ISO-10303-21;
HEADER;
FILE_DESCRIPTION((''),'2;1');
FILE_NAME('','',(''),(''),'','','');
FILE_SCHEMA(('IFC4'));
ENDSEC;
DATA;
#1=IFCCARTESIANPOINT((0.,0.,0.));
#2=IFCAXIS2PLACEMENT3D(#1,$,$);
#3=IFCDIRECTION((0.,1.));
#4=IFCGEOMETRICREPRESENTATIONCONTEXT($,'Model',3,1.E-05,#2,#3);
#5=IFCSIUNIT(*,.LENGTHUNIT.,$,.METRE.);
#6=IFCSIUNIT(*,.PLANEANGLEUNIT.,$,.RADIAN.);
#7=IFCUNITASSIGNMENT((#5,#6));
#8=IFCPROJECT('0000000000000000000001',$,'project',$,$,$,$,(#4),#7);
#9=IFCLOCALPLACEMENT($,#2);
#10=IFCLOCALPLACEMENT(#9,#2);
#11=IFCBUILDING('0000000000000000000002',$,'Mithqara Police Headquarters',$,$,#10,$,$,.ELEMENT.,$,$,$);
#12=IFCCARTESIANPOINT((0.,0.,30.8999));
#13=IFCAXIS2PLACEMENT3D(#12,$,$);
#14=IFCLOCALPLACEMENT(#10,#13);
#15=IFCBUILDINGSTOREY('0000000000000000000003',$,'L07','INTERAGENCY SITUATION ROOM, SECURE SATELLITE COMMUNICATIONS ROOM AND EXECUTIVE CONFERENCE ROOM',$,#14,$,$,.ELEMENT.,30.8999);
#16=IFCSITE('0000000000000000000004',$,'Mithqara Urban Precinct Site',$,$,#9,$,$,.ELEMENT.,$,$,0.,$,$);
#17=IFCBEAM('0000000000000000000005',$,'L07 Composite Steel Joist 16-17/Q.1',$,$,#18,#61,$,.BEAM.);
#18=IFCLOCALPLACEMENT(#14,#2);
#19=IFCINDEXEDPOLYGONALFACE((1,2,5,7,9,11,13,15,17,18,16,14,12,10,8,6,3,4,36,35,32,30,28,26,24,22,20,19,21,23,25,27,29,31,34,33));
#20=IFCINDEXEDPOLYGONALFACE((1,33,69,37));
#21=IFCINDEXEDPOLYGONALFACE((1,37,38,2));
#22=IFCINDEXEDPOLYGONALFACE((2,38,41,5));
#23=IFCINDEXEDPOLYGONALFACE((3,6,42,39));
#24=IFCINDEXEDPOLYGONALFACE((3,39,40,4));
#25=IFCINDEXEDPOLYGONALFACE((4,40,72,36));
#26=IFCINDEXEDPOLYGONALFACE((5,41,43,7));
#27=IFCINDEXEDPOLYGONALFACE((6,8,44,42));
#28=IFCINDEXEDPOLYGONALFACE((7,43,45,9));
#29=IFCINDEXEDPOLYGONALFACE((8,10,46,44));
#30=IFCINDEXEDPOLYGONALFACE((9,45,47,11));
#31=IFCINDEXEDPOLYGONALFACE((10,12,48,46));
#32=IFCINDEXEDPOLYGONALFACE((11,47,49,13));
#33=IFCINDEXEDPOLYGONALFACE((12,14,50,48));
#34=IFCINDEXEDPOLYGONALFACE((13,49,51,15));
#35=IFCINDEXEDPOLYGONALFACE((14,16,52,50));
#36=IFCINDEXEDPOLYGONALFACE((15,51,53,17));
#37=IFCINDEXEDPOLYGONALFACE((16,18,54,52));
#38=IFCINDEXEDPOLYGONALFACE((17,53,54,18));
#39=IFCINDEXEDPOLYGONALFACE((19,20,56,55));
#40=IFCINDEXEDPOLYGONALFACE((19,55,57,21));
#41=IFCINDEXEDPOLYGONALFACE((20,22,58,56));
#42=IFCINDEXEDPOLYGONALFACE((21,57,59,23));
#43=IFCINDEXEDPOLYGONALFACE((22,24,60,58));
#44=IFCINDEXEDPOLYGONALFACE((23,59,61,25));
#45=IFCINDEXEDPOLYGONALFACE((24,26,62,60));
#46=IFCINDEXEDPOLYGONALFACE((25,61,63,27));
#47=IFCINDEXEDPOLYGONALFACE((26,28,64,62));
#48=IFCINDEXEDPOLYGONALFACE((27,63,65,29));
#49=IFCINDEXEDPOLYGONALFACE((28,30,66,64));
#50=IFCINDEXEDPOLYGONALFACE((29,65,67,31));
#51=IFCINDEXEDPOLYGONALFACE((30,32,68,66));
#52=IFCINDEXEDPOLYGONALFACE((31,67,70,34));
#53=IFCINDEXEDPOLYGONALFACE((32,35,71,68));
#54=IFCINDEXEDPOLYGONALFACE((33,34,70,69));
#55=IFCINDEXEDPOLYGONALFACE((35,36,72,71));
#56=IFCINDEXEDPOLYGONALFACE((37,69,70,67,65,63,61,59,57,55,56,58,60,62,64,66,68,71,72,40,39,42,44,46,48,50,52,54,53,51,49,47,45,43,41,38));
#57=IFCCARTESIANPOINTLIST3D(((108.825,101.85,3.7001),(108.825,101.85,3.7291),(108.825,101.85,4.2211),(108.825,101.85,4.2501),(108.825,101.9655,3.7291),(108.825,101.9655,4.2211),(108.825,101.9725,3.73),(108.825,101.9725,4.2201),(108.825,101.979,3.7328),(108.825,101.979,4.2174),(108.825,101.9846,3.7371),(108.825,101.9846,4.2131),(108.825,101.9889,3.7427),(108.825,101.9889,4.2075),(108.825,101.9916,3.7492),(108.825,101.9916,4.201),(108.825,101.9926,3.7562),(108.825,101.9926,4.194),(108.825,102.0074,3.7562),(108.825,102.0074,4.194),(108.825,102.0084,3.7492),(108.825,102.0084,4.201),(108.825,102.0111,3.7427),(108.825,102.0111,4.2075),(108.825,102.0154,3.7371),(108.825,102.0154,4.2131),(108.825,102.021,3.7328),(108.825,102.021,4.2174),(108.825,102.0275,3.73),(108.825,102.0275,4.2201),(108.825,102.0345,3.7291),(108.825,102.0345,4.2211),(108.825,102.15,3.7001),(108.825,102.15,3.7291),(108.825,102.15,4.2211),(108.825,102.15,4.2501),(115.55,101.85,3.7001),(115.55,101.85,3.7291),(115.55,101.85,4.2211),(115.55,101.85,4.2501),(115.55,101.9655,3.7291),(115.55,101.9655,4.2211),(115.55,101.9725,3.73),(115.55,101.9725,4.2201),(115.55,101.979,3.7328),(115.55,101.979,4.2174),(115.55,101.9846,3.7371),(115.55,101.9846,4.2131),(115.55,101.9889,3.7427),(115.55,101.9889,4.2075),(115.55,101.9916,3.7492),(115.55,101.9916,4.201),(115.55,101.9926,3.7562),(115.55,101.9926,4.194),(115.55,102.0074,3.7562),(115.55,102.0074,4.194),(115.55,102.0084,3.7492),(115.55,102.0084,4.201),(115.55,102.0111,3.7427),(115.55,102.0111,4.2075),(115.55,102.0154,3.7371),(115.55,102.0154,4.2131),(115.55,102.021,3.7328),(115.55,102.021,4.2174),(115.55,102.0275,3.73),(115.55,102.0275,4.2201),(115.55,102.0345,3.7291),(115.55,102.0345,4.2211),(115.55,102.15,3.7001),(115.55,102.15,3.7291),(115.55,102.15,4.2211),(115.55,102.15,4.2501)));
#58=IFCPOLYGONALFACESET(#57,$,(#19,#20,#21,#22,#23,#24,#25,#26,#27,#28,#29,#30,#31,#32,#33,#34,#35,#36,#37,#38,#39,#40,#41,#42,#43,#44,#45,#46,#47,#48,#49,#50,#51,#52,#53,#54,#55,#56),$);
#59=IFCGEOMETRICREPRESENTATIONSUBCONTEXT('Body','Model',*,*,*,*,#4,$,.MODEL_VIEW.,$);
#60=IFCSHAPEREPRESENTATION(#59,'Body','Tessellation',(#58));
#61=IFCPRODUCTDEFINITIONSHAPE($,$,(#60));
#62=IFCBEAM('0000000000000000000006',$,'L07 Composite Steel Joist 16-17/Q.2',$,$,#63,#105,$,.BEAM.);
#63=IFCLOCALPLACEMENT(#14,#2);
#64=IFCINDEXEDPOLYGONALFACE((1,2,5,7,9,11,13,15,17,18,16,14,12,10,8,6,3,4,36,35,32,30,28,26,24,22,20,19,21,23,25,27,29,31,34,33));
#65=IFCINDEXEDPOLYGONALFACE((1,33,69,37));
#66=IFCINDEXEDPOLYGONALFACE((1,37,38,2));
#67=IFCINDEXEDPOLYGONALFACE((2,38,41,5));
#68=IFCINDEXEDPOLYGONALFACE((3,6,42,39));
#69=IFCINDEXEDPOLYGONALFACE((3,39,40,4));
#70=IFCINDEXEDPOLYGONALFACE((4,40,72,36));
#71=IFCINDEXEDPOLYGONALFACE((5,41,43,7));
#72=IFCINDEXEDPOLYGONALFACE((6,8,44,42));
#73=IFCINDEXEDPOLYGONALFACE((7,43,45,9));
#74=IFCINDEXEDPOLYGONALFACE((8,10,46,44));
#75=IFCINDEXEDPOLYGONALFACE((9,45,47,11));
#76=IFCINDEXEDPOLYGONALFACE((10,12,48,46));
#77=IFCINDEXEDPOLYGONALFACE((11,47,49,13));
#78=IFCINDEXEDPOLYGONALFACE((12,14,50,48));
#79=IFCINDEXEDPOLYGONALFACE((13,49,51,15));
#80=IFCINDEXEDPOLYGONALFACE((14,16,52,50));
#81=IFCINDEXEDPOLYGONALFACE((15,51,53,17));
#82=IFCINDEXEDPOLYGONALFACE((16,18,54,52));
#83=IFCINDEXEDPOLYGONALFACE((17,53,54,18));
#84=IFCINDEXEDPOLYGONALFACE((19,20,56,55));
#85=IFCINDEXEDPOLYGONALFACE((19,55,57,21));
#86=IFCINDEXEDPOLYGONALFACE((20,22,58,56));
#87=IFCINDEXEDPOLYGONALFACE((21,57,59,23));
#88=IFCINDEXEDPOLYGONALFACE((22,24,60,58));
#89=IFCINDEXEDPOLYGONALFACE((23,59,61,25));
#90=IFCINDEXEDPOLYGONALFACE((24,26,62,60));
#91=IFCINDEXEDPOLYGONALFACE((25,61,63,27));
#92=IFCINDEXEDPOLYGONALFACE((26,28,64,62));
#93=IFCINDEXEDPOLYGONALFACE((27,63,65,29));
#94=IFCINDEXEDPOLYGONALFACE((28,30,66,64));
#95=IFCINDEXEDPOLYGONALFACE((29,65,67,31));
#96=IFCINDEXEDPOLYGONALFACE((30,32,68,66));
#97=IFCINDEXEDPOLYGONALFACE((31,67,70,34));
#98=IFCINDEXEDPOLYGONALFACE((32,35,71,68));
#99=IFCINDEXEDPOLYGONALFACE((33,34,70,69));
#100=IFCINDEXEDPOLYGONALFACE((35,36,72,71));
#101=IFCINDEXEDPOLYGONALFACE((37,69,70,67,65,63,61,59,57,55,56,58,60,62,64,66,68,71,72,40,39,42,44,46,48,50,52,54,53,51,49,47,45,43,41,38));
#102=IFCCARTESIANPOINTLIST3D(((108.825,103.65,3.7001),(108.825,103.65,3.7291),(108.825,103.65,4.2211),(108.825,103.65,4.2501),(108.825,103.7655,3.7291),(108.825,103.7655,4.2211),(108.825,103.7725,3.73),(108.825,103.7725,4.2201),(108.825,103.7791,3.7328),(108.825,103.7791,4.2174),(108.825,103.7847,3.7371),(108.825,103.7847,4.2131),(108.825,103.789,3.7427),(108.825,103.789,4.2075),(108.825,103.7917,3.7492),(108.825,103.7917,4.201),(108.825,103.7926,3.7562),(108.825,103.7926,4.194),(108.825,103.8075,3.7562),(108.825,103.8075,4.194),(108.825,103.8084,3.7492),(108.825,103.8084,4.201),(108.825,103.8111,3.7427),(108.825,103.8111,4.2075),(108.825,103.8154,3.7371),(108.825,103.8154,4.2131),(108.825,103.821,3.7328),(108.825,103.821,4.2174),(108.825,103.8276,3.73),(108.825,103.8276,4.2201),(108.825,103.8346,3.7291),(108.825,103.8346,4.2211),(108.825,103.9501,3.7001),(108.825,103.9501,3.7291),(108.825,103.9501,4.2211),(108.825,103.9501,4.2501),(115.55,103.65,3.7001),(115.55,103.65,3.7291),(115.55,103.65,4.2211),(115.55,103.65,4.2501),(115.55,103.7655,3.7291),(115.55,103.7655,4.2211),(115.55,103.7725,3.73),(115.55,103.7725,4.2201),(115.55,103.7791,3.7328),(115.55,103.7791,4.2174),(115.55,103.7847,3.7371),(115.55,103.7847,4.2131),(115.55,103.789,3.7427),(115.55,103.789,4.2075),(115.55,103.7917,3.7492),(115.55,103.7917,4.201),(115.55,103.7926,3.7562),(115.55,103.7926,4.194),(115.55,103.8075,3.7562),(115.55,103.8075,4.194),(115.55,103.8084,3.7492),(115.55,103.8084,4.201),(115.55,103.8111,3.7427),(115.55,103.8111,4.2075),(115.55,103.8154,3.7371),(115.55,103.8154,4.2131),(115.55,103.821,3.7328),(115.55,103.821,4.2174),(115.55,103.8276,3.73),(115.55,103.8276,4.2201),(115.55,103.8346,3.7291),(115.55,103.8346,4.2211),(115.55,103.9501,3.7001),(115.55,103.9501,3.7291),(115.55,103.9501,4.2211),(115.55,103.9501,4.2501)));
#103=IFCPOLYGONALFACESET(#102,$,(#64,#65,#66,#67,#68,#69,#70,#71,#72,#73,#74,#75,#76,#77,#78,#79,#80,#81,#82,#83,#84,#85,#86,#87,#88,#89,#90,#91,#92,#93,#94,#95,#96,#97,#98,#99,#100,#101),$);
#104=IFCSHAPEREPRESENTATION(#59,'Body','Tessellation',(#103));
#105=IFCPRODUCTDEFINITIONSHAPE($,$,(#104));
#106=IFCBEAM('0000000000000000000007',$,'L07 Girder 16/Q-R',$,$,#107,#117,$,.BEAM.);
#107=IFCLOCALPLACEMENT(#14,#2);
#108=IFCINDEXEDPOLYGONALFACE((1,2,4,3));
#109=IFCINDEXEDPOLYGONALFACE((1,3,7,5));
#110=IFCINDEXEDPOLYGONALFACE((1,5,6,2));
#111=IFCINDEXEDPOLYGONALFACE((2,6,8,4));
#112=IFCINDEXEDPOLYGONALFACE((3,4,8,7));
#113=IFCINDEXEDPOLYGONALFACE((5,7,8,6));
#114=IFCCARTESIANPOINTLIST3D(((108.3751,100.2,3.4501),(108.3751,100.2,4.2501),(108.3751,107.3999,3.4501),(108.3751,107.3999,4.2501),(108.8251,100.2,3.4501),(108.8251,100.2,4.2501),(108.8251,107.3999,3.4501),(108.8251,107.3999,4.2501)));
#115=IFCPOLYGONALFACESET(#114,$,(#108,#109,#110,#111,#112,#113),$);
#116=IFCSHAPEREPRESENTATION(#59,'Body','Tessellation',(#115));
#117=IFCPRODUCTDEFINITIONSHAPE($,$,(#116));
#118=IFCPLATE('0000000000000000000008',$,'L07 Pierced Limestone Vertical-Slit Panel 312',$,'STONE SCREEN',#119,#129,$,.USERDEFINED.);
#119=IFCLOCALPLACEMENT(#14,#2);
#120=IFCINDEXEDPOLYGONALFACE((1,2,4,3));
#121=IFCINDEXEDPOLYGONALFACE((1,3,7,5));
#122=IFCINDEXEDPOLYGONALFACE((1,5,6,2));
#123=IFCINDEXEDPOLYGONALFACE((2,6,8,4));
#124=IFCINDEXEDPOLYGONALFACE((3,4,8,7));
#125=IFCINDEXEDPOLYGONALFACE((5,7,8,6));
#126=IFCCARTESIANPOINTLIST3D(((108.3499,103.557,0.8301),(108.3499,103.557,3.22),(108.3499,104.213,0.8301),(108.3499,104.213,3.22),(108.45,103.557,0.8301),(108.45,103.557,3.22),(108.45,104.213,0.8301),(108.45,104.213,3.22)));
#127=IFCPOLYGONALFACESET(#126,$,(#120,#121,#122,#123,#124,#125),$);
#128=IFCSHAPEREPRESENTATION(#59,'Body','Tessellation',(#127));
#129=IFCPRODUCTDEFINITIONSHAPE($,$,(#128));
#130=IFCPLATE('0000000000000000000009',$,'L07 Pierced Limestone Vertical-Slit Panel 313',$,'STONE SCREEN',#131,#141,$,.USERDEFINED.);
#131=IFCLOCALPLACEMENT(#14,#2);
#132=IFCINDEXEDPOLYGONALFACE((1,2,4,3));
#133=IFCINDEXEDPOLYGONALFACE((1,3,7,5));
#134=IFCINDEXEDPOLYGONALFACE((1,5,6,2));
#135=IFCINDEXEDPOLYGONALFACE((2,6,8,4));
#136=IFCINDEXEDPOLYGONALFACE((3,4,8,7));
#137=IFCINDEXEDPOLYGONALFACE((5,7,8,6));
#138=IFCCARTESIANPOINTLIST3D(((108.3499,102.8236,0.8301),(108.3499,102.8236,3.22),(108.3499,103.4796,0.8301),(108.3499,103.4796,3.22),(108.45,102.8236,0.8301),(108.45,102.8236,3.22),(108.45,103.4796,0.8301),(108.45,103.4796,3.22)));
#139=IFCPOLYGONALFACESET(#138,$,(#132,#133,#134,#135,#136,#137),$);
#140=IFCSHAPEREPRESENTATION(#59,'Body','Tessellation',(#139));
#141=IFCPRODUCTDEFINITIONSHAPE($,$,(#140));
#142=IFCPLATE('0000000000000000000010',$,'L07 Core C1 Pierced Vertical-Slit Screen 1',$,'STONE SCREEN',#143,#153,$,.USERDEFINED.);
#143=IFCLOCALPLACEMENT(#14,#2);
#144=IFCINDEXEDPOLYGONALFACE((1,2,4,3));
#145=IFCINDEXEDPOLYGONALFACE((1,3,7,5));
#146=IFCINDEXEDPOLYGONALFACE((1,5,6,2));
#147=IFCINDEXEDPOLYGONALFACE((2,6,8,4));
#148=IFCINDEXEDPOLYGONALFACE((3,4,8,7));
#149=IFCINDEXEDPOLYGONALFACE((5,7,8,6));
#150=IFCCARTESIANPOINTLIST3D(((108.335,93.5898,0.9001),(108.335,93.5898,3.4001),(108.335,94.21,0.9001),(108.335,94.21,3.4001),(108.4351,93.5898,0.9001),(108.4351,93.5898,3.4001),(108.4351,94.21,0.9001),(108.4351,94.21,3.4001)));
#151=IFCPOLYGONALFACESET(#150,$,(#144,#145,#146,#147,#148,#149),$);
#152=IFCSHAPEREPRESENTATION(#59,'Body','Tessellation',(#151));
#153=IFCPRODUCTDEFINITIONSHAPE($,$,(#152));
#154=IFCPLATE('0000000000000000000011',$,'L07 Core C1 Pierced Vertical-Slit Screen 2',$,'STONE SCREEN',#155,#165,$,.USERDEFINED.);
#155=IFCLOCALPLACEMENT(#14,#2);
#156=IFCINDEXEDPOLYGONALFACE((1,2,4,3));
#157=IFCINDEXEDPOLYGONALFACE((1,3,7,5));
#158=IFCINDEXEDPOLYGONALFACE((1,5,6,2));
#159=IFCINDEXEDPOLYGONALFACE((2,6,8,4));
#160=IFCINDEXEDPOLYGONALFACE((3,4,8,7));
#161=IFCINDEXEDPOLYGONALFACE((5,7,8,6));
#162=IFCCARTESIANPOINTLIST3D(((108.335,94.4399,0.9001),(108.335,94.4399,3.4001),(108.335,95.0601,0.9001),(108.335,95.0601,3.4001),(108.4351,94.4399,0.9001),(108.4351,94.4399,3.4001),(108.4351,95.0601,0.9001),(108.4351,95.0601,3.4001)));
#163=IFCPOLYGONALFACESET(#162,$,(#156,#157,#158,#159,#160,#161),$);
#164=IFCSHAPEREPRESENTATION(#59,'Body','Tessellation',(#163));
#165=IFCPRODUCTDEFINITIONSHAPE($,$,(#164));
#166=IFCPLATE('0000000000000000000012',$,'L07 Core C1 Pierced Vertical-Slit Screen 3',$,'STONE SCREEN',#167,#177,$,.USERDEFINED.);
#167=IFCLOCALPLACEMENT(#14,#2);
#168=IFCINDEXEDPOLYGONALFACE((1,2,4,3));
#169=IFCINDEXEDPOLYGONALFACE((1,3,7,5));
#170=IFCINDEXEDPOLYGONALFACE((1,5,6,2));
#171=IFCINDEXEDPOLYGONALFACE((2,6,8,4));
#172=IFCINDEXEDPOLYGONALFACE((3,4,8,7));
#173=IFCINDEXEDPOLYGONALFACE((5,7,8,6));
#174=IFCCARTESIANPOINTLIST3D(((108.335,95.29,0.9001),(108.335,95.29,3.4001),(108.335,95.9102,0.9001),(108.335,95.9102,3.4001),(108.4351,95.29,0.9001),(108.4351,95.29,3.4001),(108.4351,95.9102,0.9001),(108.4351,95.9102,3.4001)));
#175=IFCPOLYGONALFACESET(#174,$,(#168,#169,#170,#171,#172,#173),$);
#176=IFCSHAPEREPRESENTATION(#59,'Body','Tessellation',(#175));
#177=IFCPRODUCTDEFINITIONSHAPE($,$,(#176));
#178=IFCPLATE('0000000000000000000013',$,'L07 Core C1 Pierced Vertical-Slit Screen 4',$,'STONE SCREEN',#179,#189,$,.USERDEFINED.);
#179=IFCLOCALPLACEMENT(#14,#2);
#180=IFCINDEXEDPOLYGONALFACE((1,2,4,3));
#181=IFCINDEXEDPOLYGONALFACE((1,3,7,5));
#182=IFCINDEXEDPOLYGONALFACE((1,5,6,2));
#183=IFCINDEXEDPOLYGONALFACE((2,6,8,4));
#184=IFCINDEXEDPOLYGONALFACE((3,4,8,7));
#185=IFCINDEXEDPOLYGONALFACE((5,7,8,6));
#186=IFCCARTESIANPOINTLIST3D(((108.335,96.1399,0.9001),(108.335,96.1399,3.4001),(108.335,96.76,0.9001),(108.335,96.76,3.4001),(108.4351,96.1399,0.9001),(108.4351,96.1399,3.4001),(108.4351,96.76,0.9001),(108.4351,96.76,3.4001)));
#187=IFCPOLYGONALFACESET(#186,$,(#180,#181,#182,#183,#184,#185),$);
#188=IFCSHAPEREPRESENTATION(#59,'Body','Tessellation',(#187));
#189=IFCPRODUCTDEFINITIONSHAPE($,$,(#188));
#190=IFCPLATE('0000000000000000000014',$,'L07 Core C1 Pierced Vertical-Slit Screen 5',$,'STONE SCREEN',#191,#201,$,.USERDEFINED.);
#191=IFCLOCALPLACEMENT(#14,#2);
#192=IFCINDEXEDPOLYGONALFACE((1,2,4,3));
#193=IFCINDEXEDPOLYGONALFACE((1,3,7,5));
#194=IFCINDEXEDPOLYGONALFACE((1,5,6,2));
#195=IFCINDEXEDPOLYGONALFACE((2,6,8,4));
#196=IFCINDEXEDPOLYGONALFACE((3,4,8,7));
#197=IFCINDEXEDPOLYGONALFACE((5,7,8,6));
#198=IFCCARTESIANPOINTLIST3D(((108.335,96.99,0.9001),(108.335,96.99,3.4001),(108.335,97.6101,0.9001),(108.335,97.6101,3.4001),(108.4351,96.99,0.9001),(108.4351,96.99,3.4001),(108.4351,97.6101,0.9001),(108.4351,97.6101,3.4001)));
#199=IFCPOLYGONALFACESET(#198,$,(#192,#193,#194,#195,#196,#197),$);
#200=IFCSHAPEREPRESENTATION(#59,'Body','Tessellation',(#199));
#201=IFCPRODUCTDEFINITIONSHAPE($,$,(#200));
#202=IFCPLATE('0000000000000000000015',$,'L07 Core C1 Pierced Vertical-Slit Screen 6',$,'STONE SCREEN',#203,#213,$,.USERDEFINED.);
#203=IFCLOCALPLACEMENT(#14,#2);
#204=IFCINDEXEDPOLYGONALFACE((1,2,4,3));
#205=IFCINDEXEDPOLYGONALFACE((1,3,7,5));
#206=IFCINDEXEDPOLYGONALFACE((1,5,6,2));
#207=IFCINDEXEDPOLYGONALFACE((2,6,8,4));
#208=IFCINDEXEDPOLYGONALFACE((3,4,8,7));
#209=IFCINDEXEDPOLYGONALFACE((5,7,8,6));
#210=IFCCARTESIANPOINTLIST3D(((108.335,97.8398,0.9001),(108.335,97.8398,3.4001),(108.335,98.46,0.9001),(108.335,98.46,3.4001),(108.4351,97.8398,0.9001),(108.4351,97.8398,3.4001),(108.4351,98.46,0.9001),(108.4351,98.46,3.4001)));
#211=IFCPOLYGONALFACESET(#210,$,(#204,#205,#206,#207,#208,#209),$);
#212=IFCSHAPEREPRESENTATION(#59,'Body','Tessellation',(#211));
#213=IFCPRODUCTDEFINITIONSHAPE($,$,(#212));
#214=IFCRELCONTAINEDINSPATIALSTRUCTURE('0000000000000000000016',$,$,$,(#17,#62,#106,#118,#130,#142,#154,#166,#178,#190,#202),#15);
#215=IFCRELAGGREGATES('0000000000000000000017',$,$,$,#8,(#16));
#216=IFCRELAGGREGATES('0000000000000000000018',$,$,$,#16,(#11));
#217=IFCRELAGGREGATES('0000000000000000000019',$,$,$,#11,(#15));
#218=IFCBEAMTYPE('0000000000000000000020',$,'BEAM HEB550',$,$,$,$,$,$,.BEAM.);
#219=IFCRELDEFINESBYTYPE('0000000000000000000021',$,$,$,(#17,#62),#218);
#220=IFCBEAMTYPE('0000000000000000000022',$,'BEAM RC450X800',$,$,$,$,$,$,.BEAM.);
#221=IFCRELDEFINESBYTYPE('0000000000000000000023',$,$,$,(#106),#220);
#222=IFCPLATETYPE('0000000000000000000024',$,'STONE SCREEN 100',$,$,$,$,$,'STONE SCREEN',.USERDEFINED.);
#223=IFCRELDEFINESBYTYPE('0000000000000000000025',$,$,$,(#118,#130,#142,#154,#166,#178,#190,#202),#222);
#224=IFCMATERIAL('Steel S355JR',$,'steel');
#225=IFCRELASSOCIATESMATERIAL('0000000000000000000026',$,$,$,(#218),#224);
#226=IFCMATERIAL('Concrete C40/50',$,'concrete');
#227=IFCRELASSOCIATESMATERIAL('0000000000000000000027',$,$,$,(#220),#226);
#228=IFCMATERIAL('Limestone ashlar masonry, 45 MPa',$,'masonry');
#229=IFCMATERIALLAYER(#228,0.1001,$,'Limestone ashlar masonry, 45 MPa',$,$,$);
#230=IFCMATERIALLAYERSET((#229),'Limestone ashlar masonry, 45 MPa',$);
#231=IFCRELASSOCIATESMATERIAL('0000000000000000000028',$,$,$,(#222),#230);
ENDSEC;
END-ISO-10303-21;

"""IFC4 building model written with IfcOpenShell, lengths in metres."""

from ifc_helpers import new_model, si_unit, direction, frame, origin, origin_2d, place, context, subcontext, project, spatial, rectangle, i_section, extrude, material, layer, layer_set, material_profile, profile_set, type_object, element, save


model = new_model("IFC4")

# Units and contexts
model_context = context("Model", 3, precision=1e-05, world=origin(), true_north=direction((0.0, 1.0)))
body_context = subcontext(model_context, "Body", "Model", "MODEL_VIEW")
ifc_project = project(units=[si_unit("LENGTHUNIT", "METRE"), si_unit("PLANEANGLEUNIT", "RADIAN")], contexts=[model_context])

# Site, building, storey
site_placement = place(None, origin())
site = spatial("IfcSite", under=ifc_project, at=site_placement, Name="Mithqara Urban Precinct Site", CompositionType="ELEMENT", RefElevation=0.0)
building_placement = place(site_placement, origin())
building = spatial("IfcBuilding", under=site, at=building_placement, Name="Mithqara Police Headquarters", CompositionType="ELEMENT")
storey_placement = place(building_placement, frame((0.0, 0.0, 30.8999)))
storey = spatial("IfcBuildingStorey", under=building, at=storey_placement, Name="L07", Description="INTERAGENCY SITUATION ROOM, SECURE SATELLITE COMMUNICATIONS ROOM AND EXECUTIVE CONFERENCE ROOM", CompositionType="ELEMENT", Elevation=30.8999)

# Beams
ifc_material_1 = material(Name="Steel S355JR", Category="steel")
ifc_material_profile_1 = material_profile(ifc_material_1, i_section(OverallWidth=0.3, OverallDepth=0.55, WebThickness=0.0149, FlangeThickness=0.0291, FilletRadius=0.0271, at=origin_2d()), Name="HEB 550")
ifc_profile_set_1 = profile_set([ifc_material_profile_1], Name="Steel S355JR")
beam_type_1 = type_object("IfcBeamType", Name="BEAM HEB550", PredefinedType="BEAM", material=ifc_profile_set_1)
for number, where, z_axis, x_axis, name in (
    (1, (108.825, 102.0, 3.9751), (1.0, 0.0, 0.0), (0.0, 1.0, 0.0), "L07 Composite Steel Joist 16-17/Q.1"),
    (2, (108.825, 103.8, 3.9751), (1.0, 0.0, 0.0), (0.0, 1.0, 0.0), "L07 Composite Steel Joist 16-17/Q.2"),
):
    element("IfcBeam", number, at=place(storey_placement, frame(where, z_axis=z_axis, x_axis=x_axis)), inside=storey, type_object=beam_type_1, Name=name, PredefinedType="BEAM", context=body_context, shape_type="SweptSolid", body=[
        extrude(i_section(OverallWidth=0.3, OverallDepth=0.55, WebThickness=0.0149, FlangeThickness=0.0291, FilletRadius=0.0271, at=origin_2d()), origin(), (0.0, 0.0, 1.0), 6.7251),
    ])
ifc_material_2 = material(Name="Concrete C40/50", Category="concrete")
ifc_material_profile_2 = material_profile(ifc_material_2, rectangle(XDim=0.45, YDim=0.8, at=origin_2d()), Name="RC 450x800")
ifc_profile_set_2 = profile_set([ifc_material_profile_2], Name="Concrete C40/50")
beam_type_2 = type_object("IfcBeamType", Name="BEAM RC450X800", PredefinedType="BEAM", material=ifc_profile_set_2)
beam_placement = place(storey_placement, frame((108.6001, 100.2, 3.8501), z_axis=(0.0, 1.0, 0.0), x_axis=(-1.0, 0.0, 0.0)))
element("IfcBeam", 3, at=beam_placement, inside=storey, type_object=beam_type_2, Name="L07 Girder 16/Q-R", PredefinedType="BEAM", context=body_context, shape_type="SweptSolid", body=[
    extrude(rectangle(XDim=0.45, YDim=0.8, at=origin_2d()), origin(), (0.0, 0.0, 1.0), 7.2),
])

# Plates
ifc_material_3 = material(Name="Limestone ashlar masonry, 45 MPa", Category="masonry")
ifc_layer_1 = layer(ifc_material_3, 0.1001, Name="Limestone ashlar masonry, 45 MPa")
ifc_layer_set_1 = layer_set([ifc_layer_1], Name="Limestone ashlar masonry, 45 MPa")
plate_type = type_object("IfcPlateType", Name="STONE SCREEN 100", ElementType="STONE SCREEN", PredefinedType="USERDEFINED", material=ifc_layer_set_1)
for number, where, z_axis, x_axis, name in (
    (4, (108.3999, 103.885, 0.8301), (0.0, 0.0, 1.0), (0.0, 1.0, 0.0), "L07 Pierced Limestone Vertical-Slit Panel 312"),
    (5, (108.3999, 103.1516, 0.8301), (0.0, 0.0, 1.0), (0.0, 1.0, 0.0), "L07 Pierced Limestone Vertical-Slit Panel 313"),
):
    element("IfcPlate", number, at=place(storey_placement, frame(where, z_axis=z_axis, x_axis=x_axis)), inside=storey, type_object=plate_type, Name=name, ObjectType="STONE SCREEN", PredefinedType="USERDEFINED", context=body_context, shape_type="SweptSolid", body=[
        extrude(rectangle(XDim=0.656, YDim=0.1001, at=origin_2d()), origin(), (0.0, 0.0, 1.0), 2.3899),
    ])
for number, where, z_axis, x_axis, name in (
    (6, (108.385, 93.8999, 0.9001), (0.0, 0.0, 1.0), (0.0, 1.0, 0.0), "L07 Core C1 Pierced Vertical-Slit Screen 1"),
    (7, (108.385, 94.75, 0.9001), (0.0, 0.0, 1.0), (0.0, 1.0, 0.0), "L07 Core C1 Pierced Vertical-Slit Screen 2"),
    (8, (108.385, 95.6001, 0.9001), (0.0, 0.0, 1.0), (0.0, 1.0, 0.0), "L07 Core C1 Pierced Vertical-Slit Screen 3"),
    (9, (108.385, 96.45, 0.9001), (0.0, 0.0, 1.0), (0.0, 1.0, 0.0), "L07 Core C1 Pierced Vertical-Slit Screen 4"),
    (10, (108.385, 97.3, 0.9001), (0.0, 0.0, 1.0), (0.0, 1.0, 0.0), "L07 Core C1 Pierced Vertical-Slit Screen 5"),
    (11, (108.385, 98.1499, 0.9001), (0.0, 0.0, 1.0), (0.0, 1.0, 0.0), "L07 Core C1 Pierced Vertical-Slit Screen 6"),
):
    element("IfcPlate", number, at=place(storey_placement, frame(where, z_axis=z_axis, x_axis=x_axis)), inside=storey, type_object=plate_type, Name=name, ObjectType="STONE SCREEN", PredefinedType="USERDEFINED", context=body_context, shape_type="SweptSolid", body=[
        extrude(rectangle(XDim=0.6201, YDim=0.1001, at=origin_2d()), origin(), (0.0, 0.0, 1.0), 2.5),
    ])

save(model, "model.ifc")
